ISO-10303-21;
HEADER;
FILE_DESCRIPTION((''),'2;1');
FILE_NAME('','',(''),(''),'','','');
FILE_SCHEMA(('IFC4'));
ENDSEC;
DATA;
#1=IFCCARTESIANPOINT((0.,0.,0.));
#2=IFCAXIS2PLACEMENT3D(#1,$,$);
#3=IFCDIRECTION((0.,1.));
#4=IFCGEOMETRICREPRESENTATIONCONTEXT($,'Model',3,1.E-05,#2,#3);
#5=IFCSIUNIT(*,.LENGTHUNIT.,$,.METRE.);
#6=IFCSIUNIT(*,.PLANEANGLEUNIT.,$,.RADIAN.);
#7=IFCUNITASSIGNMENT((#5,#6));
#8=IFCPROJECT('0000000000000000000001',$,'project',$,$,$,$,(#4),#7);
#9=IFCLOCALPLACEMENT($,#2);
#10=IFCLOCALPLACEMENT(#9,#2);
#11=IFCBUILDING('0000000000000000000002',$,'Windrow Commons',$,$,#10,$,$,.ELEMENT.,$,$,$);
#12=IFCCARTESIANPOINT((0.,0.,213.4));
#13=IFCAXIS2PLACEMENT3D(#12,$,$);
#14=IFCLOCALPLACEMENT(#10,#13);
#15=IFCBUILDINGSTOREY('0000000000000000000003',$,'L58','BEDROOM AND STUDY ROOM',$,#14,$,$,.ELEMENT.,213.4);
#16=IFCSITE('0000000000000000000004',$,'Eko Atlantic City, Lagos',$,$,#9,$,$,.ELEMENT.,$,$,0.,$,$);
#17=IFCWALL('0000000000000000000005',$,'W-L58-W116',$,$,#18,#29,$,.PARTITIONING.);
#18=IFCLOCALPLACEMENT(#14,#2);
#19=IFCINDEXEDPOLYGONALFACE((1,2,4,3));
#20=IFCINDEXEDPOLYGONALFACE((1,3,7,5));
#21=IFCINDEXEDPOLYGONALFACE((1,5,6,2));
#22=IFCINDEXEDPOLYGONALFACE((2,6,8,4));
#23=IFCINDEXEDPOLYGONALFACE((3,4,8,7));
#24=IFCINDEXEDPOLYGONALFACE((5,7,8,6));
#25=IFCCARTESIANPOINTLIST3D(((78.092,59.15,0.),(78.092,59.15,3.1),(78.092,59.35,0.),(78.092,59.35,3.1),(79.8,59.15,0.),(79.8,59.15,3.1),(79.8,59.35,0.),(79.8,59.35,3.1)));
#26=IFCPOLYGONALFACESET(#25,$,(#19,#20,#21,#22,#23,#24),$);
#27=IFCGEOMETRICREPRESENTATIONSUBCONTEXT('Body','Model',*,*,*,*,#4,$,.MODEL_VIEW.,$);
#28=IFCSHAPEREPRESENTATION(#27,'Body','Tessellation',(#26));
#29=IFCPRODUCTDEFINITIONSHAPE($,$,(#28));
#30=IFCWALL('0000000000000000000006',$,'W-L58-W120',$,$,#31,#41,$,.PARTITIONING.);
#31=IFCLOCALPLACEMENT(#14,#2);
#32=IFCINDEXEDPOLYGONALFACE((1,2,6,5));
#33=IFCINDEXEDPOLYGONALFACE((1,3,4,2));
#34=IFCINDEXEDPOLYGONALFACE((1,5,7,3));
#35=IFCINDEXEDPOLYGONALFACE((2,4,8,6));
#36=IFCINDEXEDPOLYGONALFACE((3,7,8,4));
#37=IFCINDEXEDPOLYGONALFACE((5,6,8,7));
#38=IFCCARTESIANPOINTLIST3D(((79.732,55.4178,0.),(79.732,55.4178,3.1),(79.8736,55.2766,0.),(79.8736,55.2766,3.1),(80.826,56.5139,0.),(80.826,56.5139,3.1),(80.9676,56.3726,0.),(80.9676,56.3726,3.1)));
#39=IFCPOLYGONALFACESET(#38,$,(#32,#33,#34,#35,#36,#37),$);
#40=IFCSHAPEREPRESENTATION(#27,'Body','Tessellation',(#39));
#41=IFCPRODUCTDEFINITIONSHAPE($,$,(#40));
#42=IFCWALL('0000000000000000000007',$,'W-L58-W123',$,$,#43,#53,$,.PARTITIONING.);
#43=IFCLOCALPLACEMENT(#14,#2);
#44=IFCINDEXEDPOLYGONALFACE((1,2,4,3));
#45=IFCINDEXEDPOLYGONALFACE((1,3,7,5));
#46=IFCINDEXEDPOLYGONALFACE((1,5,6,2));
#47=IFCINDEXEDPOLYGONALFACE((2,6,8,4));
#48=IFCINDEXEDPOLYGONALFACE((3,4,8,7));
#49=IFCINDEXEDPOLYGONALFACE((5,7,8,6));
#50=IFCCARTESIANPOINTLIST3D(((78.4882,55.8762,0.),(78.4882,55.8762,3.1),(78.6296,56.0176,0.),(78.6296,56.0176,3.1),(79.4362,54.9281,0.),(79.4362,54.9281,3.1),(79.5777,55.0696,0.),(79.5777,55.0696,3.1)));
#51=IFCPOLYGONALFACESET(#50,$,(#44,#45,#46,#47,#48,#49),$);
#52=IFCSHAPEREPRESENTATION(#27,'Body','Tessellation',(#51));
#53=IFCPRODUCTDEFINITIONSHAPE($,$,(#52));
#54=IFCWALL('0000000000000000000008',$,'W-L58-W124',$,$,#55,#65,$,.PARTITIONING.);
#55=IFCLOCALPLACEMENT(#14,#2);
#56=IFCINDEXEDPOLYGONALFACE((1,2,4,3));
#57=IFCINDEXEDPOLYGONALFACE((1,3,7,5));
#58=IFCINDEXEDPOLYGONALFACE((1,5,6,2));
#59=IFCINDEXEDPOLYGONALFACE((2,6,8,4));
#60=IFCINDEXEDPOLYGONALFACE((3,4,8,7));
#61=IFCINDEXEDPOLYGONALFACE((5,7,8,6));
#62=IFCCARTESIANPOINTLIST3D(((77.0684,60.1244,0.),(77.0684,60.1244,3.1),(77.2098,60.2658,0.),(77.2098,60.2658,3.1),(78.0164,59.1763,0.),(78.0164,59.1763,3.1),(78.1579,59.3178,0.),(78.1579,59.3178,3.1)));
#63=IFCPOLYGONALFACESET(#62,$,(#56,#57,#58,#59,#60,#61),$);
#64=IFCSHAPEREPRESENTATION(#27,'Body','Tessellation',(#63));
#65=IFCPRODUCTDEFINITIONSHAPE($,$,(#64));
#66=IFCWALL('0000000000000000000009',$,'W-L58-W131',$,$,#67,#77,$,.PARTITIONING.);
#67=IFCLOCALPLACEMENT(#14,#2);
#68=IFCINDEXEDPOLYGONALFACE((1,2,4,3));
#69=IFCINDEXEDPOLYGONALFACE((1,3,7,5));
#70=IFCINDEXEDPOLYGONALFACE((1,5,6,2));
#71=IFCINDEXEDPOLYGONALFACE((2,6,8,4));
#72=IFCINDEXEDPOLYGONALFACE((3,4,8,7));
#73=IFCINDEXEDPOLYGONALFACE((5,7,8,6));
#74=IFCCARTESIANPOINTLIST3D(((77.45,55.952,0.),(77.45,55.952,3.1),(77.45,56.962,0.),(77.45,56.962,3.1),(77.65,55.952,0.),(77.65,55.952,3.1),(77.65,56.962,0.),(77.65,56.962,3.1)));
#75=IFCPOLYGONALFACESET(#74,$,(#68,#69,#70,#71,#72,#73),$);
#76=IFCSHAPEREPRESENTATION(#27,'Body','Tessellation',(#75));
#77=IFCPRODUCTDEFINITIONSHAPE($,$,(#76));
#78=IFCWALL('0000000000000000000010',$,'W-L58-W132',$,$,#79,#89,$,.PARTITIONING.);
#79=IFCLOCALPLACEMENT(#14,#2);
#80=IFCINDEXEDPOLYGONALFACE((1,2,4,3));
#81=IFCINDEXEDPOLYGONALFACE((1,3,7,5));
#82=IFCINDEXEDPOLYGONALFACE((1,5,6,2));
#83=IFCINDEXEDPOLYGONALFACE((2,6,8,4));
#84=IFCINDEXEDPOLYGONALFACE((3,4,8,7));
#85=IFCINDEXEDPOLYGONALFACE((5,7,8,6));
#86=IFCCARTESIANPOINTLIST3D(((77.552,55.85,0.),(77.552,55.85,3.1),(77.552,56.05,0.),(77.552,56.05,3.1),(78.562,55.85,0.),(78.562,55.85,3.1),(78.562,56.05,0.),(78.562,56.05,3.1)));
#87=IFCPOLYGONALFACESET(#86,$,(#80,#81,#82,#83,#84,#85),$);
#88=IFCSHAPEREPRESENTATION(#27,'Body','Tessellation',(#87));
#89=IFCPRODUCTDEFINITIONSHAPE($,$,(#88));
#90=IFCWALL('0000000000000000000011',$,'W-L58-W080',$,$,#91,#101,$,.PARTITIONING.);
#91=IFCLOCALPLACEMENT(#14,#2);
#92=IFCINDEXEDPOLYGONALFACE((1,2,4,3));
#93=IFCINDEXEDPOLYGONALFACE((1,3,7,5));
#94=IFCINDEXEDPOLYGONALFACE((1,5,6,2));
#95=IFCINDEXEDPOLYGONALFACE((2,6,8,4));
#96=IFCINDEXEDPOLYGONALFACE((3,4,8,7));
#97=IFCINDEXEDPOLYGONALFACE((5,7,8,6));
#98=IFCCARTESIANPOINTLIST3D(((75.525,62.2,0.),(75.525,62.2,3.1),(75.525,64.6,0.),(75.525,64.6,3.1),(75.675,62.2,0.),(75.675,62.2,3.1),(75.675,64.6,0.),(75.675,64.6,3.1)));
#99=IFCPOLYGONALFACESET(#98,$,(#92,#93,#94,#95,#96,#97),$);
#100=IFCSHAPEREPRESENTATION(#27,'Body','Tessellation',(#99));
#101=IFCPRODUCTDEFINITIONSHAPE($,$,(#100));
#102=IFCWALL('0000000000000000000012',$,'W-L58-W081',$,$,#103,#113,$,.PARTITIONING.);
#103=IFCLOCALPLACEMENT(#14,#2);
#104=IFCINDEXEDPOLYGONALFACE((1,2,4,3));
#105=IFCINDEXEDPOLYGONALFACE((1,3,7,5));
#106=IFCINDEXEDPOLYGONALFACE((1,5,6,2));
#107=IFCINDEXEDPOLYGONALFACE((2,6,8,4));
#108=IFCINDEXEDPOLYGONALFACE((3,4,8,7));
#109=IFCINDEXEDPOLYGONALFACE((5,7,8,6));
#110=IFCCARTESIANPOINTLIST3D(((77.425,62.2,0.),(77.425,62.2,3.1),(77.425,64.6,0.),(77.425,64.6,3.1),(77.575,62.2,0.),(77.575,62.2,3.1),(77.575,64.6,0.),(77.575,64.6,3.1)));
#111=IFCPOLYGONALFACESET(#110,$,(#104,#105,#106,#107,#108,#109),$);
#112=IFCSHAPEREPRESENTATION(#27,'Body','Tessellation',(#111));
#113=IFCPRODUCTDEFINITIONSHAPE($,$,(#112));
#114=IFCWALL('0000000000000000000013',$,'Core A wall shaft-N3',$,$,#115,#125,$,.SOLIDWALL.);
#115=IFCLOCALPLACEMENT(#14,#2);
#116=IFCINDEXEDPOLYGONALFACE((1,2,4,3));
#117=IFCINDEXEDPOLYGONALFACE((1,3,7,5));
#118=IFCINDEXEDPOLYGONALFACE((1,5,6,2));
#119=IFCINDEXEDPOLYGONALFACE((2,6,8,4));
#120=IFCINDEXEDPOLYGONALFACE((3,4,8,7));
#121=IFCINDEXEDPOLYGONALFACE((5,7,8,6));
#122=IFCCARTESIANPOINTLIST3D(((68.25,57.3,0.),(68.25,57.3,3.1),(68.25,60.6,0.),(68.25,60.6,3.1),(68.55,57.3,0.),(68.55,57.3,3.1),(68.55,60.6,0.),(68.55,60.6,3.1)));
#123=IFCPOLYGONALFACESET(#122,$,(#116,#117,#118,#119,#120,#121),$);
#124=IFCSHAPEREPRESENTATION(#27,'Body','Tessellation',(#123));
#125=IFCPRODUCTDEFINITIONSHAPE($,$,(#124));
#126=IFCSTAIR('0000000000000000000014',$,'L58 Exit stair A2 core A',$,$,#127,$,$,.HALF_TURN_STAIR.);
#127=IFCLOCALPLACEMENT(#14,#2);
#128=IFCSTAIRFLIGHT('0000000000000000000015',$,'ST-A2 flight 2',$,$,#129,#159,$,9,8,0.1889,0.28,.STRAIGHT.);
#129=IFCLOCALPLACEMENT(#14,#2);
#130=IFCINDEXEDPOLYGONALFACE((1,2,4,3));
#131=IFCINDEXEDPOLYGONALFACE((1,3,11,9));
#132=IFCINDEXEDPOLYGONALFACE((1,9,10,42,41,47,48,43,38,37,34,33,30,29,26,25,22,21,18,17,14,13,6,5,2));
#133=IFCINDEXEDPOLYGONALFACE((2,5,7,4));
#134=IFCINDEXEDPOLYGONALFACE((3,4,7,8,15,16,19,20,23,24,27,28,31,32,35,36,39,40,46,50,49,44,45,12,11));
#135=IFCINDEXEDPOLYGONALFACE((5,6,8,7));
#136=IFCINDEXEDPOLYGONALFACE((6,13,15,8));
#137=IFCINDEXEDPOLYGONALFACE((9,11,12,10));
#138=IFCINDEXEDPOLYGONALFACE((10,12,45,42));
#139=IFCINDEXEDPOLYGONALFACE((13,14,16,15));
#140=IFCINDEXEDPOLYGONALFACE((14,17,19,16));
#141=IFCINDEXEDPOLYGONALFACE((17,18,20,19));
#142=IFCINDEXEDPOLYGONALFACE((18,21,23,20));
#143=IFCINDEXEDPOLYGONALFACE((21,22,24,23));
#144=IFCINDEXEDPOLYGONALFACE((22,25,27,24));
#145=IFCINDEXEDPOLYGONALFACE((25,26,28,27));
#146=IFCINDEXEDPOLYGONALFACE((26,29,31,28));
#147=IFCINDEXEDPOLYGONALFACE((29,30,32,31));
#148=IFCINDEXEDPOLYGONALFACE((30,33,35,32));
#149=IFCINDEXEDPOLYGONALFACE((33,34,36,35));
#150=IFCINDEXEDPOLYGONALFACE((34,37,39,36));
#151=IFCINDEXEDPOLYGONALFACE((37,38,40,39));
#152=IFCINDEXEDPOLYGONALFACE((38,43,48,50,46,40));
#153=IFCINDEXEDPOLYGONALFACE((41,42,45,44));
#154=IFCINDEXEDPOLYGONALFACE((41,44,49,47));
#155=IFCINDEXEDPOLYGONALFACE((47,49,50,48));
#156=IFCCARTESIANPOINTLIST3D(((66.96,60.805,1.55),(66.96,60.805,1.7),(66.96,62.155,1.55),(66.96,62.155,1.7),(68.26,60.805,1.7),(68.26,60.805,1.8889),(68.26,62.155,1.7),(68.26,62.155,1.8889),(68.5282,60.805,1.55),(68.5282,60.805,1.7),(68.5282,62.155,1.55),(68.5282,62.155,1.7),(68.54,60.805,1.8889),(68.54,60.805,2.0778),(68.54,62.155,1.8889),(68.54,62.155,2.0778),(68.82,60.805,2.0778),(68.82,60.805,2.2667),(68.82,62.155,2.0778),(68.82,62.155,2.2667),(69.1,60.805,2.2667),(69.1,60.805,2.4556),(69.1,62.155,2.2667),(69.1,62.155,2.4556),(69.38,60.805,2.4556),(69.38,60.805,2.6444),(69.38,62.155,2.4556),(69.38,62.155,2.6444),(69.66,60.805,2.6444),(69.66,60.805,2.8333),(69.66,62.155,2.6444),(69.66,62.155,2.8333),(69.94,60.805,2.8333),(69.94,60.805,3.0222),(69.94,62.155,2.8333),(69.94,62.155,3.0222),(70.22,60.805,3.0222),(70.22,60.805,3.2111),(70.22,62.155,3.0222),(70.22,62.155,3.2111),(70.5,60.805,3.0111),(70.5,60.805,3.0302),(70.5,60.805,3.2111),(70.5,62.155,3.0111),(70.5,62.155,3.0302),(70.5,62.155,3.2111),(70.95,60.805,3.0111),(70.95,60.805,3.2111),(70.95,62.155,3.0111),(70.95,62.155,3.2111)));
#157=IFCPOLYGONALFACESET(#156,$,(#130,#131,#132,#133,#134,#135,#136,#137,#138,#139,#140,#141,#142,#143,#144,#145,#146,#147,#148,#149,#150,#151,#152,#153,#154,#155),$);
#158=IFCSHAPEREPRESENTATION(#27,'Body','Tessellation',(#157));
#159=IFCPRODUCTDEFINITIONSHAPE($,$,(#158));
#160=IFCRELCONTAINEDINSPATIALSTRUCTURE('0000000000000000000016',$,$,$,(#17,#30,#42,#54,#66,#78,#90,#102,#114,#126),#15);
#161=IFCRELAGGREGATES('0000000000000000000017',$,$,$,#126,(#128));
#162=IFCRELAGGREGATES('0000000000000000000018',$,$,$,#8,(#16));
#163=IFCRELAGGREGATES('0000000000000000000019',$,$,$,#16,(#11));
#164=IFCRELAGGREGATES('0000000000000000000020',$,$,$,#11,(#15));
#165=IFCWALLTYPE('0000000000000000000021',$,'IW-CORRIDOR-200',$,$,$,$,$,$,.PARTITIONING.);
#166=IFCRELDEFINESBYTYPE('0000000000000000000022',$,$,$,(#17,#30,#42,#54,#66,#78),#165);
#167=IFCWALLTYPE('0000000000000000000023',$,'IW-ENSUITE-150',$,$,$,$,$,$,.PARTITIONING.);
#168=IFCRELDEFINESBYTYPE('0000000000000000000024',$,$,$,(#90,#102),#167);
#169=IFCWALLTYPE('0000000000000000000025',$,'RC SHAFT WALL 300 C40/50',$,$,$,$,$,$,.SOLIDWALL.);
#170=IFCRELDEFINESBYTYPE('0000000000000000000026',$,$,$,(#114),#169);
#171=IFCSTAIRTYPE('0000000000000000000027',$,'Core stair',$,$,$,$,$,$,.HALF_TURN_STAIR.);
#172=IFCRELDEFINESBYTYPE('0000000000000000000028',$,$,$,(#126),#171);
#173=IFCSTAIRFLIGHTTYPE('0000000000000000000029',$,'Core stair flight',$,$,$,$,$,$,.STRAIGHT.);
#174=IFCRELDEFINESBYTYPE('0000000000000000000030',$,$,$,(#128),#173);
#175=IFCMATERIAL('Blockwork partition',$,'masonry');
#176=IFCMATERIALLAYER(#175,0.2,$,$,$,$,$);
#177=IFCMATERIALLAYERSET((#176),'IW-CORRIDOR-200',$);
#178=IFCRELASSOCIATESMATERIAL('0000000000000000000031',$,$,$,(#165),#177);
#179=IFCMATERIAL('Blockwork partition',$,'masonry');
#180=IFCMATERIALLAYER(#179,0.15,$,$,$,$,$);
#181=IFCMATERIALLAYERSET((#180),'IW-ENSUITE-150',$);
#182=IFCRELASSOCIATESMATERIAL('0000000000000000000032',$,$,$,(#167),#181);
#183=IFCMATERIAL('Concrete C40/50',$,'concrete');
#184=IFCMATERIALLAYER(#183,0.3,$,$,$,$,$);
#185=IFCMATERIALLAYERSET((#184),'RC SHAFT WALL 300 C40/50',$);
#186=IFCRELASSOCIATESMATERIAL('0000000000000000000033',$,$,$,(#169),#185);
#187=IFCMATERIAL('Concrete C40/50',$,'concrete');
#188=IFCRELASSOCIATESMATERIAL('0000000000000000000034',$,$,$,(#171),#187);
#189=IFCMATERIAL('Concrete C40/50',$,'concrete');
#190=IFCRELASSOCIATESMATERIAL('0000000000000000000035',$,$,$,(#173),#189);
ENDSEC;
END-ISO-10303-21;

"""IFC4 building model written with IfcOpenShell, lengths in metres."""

from ifc_helpers import new_model, si_unit, direction, frame, frame_2d, origin, place, context, subcontext, project, spatial, polyline, rectangle, outline, extrude, material, layer, layer_set, type_object, element, aggregate, save


model = new_model("IFC4")

# Units and contexts
model_context = context("Model", 3, precision=1e-05, world=origin(), true_north=direction((0.0, 1.0)))
body_context = subcontext(model_context, "Body", "Model", "MODEL_VIEW")
ifc_project = project(units=[si_unit("LENGTHUNIT", "METRE"), si_unit("PLANEANGLEUNIT", "RADIAN")], contexts=[model_context])

# Site, building, storey
site_placement = place(None, origin())
site = spatial("IfcSite", under=ifc_project, at=site_placement, Name="Eko Atlantic City, Lagos", CompositionType="ELEMENT", RefElevation=0.0)
building_placement = place(site_placement, origin())
building = spatial("IfcBuilding", under=site, at=building_placement, Name="Windrow Commons", CompositionType="ELEMENT")
storey_placement = place(building_placement, frame((0.0, 0.0, 213.4)))
storey = spatial("IfcBuildingStorey", under=building, at=storey_placement, Name="L58", Description="BEDROOM AND STUDY ROOM", CompositionType="ELEMENT", Elevation=213.4)

# Shared definitions
ifc_material_1 = material(Name="Blockwork partition", Category="masonry")
ifc_layer_1 = layer(ifc_material_1, 0.2)
ifc_layer_set_1 = layer_set([ifc_layer_1], Name="IW-CORRIDOR-200")
wall_type_1 = type_object("IfcWallType", Name="IW-CORRIDOR-200", PredefinedType="PARTITIONING", material=ifc_layer_set_1)

# Walls
wall_1_placement = place(storey_placement, frame((78.092, 59.25, 0.0), z_axis=(0.0, 0.0, 1.0), x_axis=(1.0, 0.0, 0.0)))
element("IfcWall", 1, at=wall_1_placement, inside=storey, type_object=wall_type_1, Name="W-L58-W116", PredefinedType="PARTITIONING", context=body_context, shape_type="SweptSolid", body=[
    extrude(rectangle(XDim=1.708, YDim=0.2, at=frame_2d((0.854, 0.0))), origin(), (0.0, 0.0, 1.0), 3.1),
])
wall_2_placement = place(storey_placement, frame((79.8028, 55.3472, 0.0), z_axis=(0.0, 0.0, 1.0), x_axis=(0.706461, 0.707752, 0.0)))
element("IfcWall", 2, at=wall_2_placement, inside=storey, type_object=wall_type_1, Name="W-L58-W120", PredefinedType="PARTITIONING", context=body_context, shape_type="SweptSolid", body=[
    extrude(rectangle(XDim=1.5486, YDim=0.2, at=frame_2d((0.7743, 0.0))), origin(), (0.0, 0.0, 1.0), 3.1),
])
for number, where, z_axis, x_axis, name in (
    (3, (78.5589, 55.9469, 0.0), (0.0, 0.0, 1.0), (0.707107, -0.707107, 0.0), "W-L58-W123"),
    (4, (77.1391, 60.1951, 0.0), (0.0, 0.0, 1.0), (0.707107, -0.707107, 0.0), "W-L58-W124"),
):
    element("IfcWall", number, at=place(storey_placement, frame(where, z_axis=z_axis, x_axis=x_axis)), inside=storey, type_object=wall_type_1, Name=name, PredefinedType="PARTITIONING", context=body_context, shape_type="SweptSolid", body=[
        extrude(rectangle(XDim=1.3407, YDim=0.2, at=frame_2d((0.6704, 0.0))), origin(), (0.0, 0.0, 1.0), 3.1),
    ])
for number, where, z_axis, x_axis, name in (
    (5, (77.55, 55.952, 0.0), (0.0, 0.0, 1.0), (0.0, 1.0, 0.0), "W-L58-W131"),
    (6, (77.552, 55.95, 0.0), (0.0, 0.0, 1.0), (1.0, 0.0, 0.0), "W-L58-W132"),
):
    element("IfcWall", number, at=place(storey_placement, frame(where, z_axis=z_axis, x_axis=x_axis)), inside=storey, type_object=wall_type_1, Name=name, PredefinedType="PARTITIONING", context=body_context, shape_type="SweptSolid", body=[
        extrude(rectangle(XDim=1.01, YDim=0.2, at=frame_2d((0.505, 0.0))), origin(), (0.0, 0.0, 1.0), 3.1),
    ])
ifc_material_2 = material(Name="Blockwork partition", Category="masonry")
ifc_layer_2 = layer(ifc_material_2, 0.15)
ifc_layer_set_2 = layer_set([ifc_layer_2], Name="IW-ENSUITE-150")
wall_type_2 = type_object("IfcWallType", Name="IW-ENSUITE-150", PredefinedType="PARTITIONING", material=ifc_layer_set_2)
for number, where, z_axis, x_axis, name in (
    (7, (75.6, 62.2, 0.0), (0.0, 0.0, 1.0), (0.0, 1.0, 0.0), "W-L58-W080"),
    (8, (77.5, 62.2, 0.0), (0.0, 0.0, 1.0), (0.0, 1.0, 0.0), "W-L58-W081"),
):
    element("IfcWall", number, at=place(storey_placement, frame(where, z_axis=z_axis, x_axis=x_axis)), inside=storey, type_object=wall_type_2, Name=name, PredefinedType="PARTITIONING", context=body_context, shape_type="SweptSolid", body=[
        extrude(rectangle(XDim=2.4, YDim=0.15, at=frame_2d((1.2, 0.0))), origin(), (0.0, 0.0, 1.0), 3.1),
    ])
ifc_material_3 = material(Name="Concrete C40/50", Category="concrete")
ifc_layer_3 = layer(ifc_material_3, 0.3)
ifc_layer_set_3 = layer_set([ifc_layer_3], Name="RC SHAFT WALL 300 C40/50")
wall_type_3 = type_object("IfcWallType", Name="RC SHAFT WALL 300 C40/50", PredefinedType="SOLIDWALL", material=ifc_layer_set_3)
wall_3_placement = place(storey_placement, frame((68.4, 57.3, 0.0), z_axis=(0.0, 0.0, 1.0), x_axis=(0.0, 1.0, 0.0)))
element("IfcWall", 9, at=wall_3_placement, inside=storey, type_object=wall_type_3, Name="Core A wall shaft-N3", PredefinedType="SOLIDWALL", context=body_context, shape_type="SweptSolid", body=[
    extrude(rectangle(XDim=3.3, YDim=0.3, at=frame_2d((1.65, 0.0))), origin(), (0.0, 0.0, 1.0), 3.1),
])

# Stair, stair flight
ifc_material_4 = material(Name="Concrete C40/50", Category="concrete")
stair_type = type_object("IfcStairType", Name="Core stair", PredefinedType="HALF_TURN_STAIR", material=ifc_material_4)
stair_placement = place(storey_placement, origin())
stair = element("IfcStair", 10, at=stair_placement, inside=storey, type_object=stair_type, Name="L58 Exit stair A2 core A", PredefinedType="HALF_TURN_STAIR")
ifc_material_5 = material(Name="Concrete C40/50", Category="concrete")
stair_flight_type = type_object("IfcStairFlightType", Name="Core stair flight", PredefinedType="STRAIGHT", material=ifc_material_5)
stair_flight_placement = place(storey_placement, frame((68.26, 61.48, 1.7), z_axis=(0.0, 0.0, 1.0), x_axis=(1.0, 0.0, 0.0)))
stair_flight = element("IfcStairFlight", 11, at=stair_flight_placement, type_object=stair_flight_type, Name="ST-A2 flight 2", NumberOfRisers=9, NumberOfTreads=8, PredefinedType="STRAIGHT", RiserHeight=0.1889, TreadLength=0.28, context=body_context, shape_type="SweptSolid", body=[
    extrude(outline(polyline([(-1.3, -0.15), (-1.3, 0.0), (0.0, 0.0), (0.0, 0.1889), (0.28, 0.1889), (0.28, 0.3778), (0.56, 0.3778), (0.56, 0.5667), (0.84, 0.5667), (0.84, 0.7556), (1.12, 0.7556), (1.12, 0.9444), (1.4, 0.9444), (1.4, 1.1333), (1.68, 1.1333), (1.68, 1.3222), (1.96, 1.3222), (1.96, 1.5111), (2.24, 1.5111), (2.69, 1.5111), (2.69, 1.3111), (2.24, 1.3111), (2.24, 1.3302), (0.2682, 0.0), (0.2682, -0.15), (-1.3, -0.15)])), frame((0.0, 0.675, 0.0), z_axis=(0.0, -1.0, 0.0), x_axis=(1.0, 0.0, 0.0)), (0.0, 0.0, 1.0), 1.35),
])
aggregate(stair, [stair_flight])

save(model, "model.ifc")
